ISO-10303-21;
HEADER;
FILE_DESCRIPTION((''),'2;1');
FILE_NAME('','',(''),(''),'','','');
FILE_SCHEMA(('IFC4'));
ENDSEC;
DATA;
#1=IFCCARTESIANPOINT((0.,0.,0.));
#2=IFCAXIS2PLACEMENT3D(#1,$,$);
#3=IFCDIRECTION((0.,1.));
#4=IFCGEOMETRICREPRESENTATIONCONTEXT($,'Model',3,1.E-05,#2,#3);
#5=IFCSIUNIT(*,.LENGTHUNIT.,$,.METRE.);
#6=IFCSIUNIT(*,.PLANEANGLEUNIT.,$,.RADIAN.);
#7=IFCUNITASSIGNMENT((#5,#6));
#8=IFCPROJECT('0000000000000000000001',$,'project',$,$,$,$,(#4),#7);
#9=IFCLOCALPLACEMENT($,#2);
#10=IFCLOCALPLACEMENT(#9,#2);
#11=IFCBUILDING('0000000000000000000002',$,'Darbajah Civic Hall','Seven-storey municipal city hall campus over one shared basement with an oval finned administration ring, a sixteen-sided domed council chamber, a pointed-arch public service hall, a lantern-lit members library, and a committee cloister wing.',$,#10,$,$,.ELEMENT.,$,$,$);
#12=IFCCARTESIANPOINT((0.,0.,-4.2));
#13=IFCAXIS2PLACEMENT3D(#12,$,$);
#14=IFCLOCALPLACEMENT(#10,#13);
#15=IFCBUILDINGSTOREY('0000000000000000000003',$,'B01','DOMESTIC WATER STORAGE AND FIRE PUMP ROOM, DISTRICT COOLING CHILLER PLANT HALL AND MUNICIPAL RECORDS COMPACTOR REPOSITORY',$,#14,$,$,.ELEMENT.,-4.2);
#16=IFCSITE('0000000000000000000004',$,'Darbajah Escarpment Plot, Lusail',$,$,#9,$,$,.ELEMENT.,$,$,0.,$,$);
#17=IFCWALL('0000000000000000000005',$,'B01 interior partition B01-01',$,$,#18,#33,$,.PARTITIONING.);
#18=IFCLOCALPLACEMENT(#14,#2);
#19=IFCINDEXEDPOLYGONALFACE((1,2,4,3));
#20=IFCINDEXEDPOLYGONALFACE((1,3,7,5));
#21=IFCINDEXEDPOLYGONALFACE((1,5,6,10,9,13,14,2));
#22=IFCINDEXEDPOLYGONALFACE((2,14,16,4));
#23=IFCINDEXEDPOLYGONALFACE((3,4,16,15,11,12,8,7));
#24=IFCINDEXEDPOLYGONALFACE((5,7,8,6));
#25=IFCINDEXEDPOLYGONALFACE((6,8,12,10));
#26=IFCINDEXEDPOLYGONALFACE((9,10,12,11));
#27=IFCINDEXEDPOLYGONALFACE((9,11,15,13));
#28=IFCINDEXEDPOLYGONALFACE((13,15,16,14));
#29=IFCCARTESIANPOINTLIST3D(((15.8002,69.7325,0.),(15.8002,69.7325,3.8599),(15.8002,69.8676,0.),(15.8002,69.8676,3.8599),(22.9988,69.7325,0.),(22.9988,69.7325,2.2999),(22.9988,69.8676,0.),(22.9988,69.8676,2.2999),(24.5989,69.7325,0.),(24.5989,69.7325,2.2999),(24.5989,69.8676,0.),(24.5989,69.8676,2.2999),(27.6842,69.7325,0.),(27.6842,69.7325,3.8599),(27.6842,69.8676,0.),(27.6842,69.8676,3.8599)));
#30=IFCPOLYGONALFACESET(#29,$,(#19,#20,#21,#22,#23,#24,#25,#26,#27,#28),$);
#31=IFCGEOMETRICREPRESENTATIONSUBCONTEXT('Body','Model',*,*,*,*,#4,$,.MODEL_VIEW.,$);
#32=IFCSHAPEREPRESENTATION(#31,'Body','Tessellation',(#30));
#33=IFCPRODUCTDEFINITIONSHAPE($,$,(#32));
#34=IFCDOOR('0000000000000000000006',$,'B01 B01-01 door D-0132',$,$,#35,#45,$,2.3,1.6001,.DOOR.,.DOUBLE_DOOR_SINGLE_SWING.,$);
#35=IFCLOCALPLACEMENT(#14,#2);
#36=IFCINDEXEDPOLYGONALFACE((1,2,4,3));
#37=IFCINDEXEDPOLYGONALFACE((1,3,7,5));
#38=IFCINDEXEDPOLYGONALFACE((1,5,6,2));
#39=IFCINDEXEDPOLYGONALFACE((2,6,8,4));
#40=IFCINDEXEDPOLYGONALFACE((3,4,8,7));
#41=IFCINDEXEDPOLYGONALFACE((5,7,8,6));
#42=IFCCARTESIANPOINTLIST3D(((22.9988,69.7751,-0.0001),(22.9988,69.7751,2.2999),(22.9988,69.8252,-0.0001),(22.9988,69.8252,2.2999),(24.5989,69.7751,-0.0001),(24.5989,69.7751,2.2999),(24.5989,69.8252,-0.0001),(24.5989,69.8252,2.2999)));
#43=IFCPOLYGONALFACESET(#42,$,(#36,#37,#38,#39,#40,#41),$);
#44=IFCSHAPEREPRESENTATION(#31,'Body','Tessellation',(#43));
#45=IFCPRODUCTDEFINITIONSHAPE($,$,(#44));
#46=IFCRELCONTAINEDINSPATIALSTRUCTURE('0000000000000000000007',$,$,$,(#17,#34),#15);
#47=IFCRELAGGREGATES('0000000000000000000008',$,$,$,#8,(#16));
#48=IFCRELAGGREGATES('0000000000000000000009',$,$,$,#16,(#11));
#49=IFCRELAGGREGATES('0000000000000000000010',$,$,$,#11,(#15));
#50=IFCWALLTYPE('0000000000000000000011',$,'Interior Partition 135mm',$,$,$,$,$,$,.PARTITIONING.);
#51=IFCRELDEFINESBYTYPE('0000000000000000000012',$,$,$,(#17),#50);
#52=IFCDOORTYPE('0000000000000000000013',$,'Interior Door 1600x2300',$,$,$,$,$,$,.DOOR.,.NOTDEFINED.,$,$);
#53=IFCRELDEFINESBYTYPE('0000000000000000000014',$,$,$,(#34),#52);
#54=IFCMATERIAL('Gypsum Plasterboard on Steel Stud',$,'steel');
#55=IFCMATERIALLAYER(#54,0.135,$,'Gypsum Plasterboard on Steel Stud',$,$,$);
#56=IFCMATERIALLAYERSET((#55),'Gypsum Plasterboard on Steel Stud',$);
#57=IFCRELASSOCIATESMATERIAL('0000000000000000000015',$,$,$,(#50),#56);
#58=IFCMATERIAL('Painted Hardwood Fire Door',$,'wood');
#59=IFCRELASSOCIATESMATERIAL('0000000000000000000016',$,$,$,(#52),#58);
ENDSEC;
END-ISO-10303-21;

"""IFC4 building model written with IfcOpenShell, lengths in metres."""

from ifc_helpers import new_model, si_unit, direction, frame, frame_2d, origin, place, context, subcontext, project, spatial, rectangle, extrude, material, layer, layer_set, type_object, element, fill, save


model = new_model("IFC4")

# Units and contexts
model_context = context("Model", 3, precision=1e-05, world=origin(), true_north=direction((0.0, 1.0)))
body_context = subcontext(model_context, "Body", "Model", "MODEL_VIEW")
ifc_project = project(units=[si_unit("LENGTHUNIT", "METRE"), si_unit("PLANEANGLEUNIT", "RADIAN")], contexts=[model_context])

# Site, building, storey
site_placement = place(None, origin())
site = spatial("IfcSite", under=ifc_project, at=site_placement, Name="Darbajah Escarpment Plot, Lusail", CompositionType="ELEMENT", RefElevation=0.0)
building_placement = place(site_placement, origin())
building = spatial("IfcBuilding", under=site, at=building_placement, Name="Darbajah Civic Hall", Description="Seven-storey municipal city hall campus over one shared basement with an oval finned administration ring, a sixteen-sided domed council chamber, a pointed-arch public service hall, a lantern-lit members library, and a committee cloister wing.", CompositionType="ELEMENT")
storey_placement = place(building_placement, frame((0.0, 0.0, -4.2)))
storey = spatial("IfcBuildingStorey", under=building, at=storey_placement, Name="B01", Description="DOMESTIC WATER STORAGE AND FIRE PUMP ROOM, DISTRICT COOLING CHILLER PLANT HALL AND MUNICIPAL RECORDS COMPACTOR REPOSITORY", CompositionType="ELEMENT", Elevation=-4.2)

# Wall, opening, door
ifc_material_1 = material(Name="Gypsum Plasterboard on Steel Stud", Category="steel")
ifc_layer_1 = layer(ifc_material_1, 0.135, Name="Gypsum Plasterboard on Steel Stud")
ifc_layer_set_1 = layer_set([ifc_layer_1], Name="Gypsum Plasterboard on Steel Stud")
wall_type_1 = type_object("IfcWallType", Name="Interior Partition 135mm", PredefinedType="PARTITIONING", material=ifc_layer_set_1)
wall_1_placement = place(storey_placement, frame((27.6841, 69.8, 0.0), z_axis=(0.0, 0.0, 1.0), x_axis=(-1.0, 0.0, 0.0)))
wall_1 = element("IfcWall", 1, at=wall_1_placement, inside=storey, type_object=wall_type_1, Name="B01 interior partition B01-01", PredefinedType="PARTITIONING", context=body_context, shape_type="SweptSolid", body=[
    extrude(rectangle(XDim=11.884, YDim=0.135, at=frame_2d((5.9419, 0.0))), origin(), (0.0, 0.0, 1.0), 3.8599),
])
opening_placement = place(wall_1_placement, frame((3.0852, 0.0, 0.0)))
opening = element("IfcOpeningElement", 2, at=opening_placement, cuts=wall_1, PredefinedType="OPENING", context=body_context, shape_type="SweptSolid", body=[
    extrude(rectangle(XDim=1.6001, YDim=2.3, at=frame_2d((0.8, 1.1499))), frame((0.0, 0.0774, 0.0), z_axis=(0.0, -1.0, 0.0), x_axis=(1.0, 0.0, 0.0)), (0.0, 0.0, 1.0), 0.155),
])
ifc_material_2 = material(Name="Painted Hardwood Fire Door", Category="wood")
door_type = type_object("IfcDoorType", Name="Interior Door 1600x2300", OperationType="NOTDEFINED", PredefinedType="DOOR", material=ifc_material_2)
door_placement = place(opening_placement, origin())
door = element("IfcDoor", 3, at=door_placement, inside=storey, type_object=door_type, Name="B01 B01-01 door D-0132", OperationType="DOUBLE_DOOR_SINGLE_SWING", OverallHeight=2.3, OverallWidth=1.6001, PredefinedType="DOOR", context=body_context, shape_type="SweptSolid", body=[
    extrude(rectangle(XDim=1.6001, YDim=2.3, at=frame_2d((0.8, 1.1499))), frame((0.0, 0.0249, 0.0), z_axis=(0.0, -1.0, 0.0), x_axis=(1.0, 0.0, 0.0)), (0.0, 0.0, 1.0), 0.05),
])
fill(opening, door)

save(model, "model.ifc")
